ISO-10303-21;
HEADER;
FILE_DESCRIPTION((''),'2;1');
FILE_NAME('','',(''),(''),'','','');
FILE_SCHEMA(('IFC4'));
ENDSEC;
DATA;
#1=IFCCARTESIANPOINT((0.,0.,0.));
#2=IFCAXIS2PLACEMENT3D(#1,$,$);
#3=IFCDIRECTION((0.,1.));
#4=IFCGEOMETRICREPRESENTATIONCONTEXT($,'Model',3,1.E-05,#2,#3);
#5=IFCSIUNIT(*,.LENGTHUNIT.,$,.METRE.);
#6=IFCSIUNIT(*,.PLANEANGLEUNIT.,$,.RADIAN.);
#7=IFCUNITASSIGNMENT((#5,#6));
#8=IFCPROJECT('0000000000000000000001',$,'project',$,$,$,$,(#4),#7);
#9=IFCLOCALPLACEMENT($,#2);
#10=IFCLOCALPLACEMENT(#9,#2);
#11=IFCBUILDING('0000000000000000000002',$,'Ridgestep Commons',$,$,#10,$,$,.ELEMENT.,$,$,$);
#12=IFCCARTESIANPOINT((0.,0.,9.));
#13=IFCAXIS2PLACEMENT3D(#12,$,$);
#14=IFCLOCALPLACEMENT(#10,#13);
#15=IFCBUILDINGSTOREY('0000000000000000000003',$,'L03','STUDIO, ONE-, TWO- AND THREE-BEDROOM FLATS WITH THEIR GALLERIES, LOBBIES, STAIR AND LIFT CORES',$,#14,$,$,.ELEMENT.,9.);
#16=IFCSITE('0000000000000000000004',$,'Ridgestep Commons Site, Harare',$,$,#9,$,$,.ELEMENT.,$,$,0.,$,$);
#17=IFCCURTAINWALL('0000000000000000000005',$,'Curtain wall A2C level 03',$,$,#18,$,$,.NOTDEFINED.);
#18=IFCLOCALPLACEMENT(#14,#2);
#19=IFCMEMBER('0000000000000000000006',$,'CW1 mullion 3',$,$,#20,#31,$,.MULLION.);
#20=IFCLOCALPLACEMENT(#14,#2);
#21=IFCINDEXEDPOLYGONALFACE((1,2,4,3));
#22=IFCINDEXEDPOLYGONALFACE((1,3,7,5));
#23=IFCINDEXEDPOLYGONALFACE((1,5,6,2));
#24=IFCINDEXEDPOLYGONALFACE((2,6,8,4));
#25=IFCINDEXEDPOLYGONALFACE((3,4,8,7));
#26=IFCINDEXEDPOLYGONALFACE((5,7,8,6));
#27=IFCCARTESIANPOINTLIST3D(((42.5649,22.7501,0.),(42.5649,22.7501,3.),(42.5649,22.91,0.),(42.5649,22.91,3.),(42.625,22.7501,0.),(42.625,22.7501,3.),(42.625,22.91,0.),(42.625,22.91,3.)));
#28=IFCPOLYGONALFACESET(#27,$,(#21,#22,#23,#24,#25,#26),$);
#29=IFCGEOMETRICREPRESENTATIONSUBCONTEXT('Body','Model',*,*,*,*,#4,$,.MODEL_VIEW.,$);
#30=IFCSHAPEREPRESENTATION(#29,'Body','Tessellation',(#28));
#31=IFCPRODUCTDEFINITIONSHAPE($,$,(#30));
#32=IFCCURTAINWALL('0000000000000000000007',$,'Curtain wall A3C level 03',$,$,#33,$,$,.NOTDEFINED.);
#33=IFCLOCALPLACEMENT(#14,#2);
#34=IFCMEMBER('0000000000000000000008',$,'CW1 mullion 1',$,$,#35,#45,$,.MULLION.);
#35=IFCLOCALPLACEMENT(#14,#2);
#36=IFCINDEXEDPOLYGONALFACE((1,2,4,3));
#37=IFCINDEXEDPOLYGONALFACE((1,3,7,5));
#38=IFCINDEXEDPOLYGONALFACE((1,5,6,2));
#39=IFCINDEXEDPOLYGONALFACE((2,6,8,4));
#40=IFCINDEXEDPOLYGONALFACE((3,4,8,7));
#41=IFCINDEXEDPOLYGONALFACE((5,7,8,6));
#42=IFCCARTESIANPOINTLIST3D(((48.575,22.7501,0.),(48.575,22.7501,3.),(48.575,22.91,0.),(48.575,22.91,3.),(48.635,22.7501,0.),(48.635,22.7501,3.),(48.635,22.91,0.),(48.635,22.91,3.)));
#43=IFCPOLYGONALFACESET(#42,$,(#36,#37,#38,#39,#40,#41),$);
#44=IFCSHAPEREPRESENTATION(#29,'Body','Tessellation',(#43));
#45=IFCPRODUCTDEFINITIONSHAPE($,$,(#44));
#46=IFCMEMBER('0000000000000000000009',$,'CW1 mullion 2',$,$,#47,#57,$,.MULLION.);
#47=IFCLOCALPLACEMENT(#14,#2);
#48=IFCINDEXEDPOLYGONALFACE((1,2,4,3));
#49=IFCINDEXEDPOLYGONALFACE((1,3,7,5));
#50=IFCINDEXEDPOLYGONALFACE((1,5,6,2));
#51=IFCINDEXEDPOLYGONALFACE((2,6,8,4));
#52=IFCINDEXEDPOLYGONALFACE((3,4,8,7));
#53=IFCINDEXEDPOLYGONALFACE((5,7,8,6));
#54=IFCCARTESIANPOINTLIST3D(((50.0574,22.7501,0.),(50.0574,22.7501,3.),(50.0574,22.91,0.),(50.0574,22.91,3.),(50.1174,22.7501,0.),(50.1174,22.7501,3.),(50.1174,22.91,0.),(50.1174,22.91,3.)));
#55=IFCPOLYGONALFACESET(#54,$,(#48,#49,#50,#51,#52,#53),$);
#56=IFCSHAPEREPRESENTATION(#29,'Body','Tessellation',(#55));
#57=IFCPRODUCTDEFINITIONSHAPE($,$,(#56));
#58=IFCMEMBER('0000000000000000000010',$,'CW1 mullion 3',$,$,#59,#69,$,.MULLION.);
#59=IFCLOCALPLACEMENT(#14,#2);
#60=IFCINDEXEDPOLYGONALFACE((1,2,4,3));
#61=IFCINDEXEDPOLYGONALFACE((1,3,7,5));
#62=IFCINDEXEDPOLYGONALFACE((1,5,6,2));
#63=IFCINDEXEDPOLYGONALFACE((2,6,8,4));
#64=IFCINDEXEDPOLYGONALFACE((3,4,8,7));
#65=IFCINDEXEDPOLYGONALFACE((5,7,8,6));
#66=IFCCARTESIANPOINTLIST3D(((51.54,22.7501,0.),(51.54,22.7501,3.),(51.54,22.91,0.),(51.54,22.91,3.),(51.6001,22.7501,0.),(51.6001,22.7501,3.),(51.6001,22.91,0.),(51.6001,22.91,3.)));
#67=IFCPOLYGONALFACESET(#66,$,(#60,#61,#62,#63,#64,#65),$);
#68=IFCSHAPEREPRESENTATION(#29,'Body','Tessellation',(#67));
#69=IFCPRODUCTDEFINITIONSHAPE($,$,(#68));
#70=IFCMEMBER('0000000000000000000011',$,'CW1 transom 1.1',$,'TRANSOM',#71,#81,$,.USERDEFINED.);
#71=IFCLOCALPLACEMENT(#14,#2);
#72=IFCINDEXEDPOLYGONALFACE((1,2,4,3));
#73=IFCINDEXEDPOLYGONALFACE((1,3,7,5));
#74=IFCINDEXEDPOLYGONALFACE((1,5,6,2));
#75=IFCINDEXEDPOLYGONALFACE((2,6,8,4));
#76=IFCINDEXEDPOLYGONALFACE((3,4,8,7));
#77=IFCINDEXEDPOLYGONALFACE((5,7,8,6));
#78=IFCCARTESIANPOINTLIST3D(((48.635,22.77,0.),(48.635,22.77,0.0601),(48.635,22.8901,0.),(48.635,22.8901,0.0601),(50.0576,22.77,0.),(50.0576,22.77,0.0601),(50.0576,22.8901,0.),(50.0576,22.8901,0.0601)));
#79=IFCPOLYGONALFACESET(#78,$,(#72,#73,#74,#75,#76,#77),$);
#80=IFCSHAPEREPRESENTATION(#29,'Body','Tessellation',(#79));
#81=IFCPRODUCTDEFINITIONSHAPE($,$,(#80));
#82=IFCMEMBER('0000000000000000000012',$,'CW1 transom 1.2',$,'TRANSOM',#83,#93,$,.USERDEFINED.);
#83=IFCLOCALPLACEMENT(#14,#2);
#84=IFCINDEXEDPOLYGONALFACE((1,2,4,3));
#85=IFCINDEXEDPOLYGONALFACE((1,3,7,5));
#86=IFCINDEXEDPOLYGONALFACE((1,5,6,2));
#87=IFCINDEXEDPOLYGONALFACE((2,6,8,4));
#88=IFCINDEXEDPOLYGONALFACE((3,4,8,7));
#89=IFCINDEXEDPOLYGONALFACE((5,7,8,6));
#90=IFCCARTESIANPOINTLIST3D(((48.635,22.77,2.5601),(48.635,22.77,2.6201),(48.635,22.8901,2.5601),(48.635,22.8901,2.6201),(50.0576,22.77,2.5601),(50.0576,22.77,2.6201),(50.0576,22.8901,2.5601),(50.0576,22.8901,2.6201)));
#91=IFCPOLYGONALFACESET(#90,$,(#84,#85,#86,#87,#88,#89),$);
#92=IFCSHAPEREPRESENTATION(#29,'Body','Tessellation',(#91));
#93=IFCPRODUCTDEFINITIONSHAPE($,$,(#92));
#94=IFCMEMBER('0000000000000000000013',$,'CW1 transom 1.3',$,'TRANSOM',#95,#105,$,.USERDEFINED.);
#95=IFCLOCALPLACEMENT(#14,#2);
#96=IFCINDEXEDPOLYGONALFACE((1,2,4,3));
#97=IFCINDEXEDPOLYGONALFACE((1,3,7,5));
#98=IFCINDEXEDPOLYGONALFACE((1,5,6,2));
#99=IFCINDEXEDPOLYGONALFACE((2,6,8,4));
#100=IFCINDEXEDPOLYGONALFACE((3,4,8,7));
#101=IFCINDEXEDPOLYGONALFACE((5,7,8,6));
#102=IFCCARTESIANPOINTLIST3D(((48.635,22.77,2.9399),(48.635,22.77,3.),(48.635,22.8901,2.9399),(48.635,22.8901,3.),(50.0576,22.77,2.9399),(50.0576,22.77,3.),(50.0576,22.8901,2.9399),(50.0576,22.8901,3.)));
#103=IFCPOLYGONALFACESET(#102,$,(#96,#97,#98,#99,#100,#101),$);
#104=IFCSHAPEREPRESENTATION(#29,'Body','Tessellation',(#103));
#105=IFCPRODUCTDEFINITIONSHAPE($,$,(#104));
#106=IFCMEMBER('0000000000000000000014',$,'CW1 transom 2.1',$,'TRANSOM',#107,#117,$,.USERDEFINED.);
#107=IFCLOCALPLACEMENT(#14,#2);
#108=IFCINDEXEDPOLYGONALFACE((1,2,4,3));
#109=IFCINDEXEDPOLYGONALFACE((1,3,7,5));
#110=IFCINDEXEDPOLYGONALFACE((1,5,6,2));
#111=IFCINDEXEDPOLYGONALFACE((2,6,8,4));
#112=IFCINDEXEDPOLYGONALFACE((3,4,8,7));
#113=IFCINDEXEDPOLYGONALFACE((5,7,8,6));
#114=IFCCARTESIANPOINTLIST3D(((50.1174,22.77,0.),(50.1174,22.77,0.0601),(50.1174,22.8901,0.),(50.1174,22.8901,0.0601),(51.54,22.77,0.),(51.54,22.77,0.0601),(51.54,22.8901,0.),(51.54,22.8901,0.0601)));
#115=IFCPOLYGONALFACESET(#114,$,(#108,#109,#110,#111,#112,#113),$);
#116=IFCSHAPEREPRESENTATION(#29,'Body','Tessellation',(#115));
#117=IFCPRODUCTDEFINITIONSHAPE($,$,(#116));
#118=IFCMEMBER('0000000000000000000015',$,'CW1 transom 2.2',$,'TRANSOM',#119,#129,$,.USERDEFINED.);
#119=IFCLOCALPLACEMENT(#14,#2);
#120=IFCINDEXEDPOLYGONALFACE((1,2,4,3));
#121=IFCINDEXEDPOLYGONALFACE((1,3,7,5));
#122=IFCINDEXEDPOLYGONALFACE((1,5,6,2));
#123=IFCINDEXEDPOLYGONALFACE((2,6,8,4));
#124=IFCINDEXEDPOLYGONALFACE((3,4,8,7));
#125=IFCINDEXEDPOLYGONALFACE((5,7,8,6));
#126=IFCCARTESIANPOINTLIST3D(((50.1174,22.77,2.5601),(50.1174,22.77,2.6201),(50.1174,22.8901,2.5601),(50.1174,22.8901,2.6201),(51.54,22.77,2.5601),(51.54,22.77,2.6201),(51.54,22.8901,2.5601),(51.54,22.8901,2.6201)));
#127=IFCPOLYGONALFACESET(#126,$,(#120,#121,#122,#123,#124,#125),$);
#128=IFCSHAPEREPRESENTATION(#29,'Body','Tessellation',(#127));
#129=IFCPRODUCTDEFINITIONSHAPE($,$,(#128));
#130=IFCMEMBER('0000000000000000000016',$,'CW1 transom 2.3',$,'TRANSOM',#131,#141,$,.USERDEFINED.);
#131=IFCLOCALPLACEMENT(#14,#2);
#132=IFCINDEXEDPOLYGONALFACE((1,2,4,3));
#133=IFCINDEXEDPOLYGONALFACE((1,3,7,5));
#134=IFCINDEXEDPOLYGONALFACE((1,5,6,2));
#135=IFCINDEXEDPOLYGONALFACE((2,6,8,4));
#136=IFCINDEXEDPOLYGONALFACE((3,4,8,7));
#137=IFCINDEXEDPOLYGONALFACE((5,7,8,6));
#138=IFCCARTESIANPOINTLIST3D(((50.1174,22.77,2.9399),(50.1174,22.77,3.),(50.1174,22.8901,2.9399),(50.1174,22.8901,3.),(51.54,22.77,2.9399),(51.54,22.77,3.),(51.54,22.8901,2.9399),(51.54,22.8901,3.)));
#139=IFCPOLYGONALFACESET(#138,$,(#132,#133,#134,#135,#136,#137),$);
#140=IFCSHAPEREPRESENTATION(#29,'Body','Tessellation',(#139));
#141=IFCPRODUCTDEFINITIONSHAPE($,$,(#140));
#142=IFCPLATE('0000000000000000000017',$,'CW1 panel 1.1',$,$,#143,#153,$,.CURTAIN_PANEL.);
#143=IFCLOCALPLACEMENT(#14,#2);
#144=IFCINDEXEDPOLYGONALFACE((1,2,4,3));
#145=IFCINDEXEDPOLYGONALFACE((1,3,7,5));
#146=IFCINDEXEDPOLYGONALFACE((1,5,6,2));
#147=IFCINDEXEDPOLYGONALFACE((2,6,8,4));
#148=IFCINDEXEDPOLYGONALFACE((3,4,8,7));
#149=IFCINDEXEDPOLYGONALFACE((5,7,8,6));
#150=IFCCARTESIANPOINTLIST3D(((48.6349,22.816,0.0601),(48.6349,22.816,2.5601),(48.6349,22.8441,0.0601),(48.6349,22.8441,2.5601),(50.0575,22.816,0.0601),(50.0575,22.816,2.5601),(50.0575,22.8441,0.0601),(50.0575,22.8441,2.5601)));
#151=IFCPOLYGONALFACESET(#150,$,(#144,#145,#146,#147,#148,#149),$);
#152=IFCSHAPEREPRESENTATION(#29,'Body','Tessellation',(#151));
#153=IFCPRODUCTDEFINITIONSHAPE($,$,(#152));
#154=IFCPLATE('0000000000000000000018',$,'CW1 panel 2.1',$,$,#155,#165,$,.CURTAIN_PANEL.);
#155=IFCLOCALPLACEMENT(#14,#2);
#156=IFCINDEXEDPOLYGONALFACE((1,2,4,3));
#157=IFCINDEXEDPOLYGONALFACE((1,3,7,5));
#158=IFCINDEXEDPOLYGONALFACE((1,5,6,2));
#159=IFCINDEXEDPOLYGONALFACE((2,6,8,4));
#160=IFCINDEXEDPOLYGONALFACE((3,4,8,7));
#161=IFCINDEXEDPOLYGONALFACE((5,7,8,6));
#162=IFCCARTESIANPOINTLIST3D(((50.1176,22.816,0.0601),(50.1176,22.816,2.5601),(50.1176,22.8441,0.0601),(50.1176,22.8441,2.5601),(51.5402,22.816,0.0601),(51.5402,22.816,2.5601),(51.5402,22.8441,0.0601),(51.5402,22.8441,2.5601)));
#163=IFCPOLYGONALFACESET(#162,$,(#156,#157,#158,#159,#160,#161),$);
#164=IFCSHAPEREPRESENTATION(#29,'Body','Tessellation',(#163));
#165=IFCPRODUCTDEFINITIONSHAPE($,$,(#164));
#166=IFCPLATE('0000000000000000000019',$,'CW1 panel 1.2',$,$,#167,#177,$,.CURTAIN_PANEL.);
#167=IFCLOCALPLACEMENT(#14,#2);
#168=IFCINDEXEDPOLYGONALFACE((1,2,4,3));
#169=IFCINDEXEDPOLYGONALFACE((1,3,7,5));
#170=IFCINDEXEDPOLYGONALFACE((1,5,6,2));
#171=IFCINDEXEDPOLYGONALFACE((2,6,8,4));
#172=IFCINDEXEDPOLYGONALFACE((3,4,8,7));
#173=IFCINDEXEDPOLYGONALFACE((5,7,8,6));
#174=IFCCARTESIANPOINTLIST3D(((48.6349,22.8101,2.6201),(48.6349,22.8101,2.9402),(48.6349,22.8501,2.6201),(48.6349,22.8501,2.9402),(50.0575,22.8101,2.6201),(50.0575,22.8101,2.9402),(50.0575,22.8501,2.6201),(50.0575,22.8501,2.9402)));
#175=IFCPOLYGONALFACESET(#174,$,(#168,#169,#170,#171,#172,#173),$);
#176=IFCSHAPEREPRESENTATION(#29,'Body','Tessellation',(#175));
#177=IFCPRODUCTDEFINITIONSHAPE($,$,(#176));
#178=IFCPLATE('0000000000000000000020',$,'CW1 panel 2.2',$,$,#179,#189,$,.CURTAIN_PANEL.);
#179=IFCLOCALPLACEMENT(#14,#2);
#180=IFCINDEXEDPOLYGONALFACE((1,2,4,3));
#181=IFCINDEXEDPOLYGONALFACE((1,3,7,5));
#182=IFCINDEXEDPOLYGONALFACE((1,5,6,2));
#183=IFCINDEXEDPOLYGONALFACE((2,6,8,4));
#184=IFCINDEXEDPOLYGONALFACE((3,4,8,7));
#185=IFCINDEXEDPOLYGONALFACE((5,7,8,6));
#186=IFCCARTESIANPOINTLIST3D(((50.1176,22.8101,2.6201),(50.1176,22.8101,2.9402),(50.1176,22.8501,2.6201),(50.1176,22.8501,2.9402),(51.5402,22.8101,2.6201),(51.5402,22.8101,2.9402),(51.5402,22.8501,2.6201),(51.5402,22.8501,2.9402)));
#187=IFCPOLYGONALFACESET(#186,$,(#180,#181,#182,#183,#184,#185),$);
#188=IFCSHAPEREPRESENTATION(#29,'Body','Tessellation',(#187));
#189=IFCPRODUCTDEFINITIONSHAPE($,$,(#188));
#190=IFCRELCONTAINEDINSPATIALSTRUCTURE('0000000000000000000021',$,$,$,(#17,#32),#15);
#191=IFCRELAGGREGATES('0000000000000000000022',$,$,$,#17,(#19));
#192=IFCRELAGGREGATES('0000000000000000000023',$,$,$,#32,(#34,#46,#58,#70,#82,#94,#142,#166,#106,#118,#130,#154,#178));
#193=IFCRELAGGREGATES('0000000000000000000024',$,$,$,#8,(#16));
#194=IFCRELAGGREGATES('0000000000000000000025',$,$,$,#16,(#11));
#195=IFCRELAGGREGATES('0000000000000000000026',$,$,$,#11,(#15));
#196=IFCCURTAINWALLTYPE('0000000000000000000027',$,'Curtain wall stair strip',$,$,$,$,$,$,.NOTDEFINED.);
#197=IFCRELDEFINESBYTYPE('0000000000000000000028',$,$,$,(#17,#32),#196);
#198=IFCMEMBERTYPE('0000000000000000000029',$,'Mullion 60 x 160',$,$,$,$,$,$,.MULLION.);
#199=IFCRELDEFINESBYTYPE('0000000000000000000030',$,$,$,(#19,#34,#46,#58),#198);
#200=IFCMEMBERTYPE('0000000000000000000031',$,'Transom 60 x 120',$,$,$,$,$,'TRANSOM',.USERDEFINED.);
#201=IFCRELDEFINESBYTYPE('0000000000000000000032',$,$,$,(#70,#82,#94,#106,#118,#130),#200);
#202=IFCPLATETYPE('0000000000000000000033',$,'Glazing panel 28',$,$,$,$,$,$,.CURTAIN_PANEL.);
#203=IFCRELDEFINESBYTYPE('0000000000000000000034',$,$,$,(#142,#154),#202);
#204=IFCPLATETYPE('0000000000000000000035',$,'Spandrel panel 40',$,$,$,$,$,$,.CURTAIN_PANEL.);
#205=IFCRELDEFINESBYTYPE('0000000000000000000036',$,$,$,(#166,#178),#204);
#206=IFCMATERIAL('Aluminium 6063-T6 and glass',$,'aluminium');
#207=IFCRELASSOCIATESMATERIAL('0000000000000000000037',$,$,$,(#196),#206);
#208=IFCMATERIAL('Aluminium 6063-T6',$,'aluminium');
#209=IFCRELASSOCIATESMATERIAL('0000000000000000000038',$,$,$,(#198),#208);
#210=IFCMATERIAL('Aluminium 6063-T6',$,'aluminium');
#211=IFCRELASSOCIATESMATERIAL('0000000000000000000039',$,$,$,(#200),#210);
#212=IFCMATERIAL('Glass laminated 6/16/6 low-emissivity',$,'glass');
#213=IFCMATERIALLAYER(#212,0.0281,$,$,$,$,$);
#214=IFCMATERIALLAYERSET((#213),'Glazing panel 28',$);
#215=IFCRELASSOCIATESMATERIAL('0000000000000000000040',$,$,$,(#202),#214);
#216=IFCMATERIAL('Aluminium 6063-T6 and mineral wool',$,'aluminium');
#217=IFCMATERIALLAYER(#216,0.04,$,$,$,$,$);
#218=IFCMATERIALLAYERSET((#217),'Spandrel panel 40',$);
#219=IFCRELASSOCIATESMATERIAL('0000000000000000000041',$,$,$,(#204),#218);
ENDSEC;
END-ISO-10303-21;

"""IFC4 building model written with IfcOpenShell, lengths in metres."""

from ifc_helpers import new_model, si_unit, direction, frame, origin, origin_2d, place, context, subcontext, project, spatial, rectangle, extrude, material, layer, layer_set, material_profile, profile_set, type_object, element, aggregate, save


model = new_model("IFC4")

# Units and contexts
model_context = context("Model", 3, precision=1e-05, world=origin(), true_north=direction((0.0, 1.0)))
body_context = subcontext(model_context, "Body", "Model", "MODEL_VIEW")
ifc_project = project(units=[si_unit("LENGTHUNIT", "METRE"), si_unit("PLANEANGLEUNIT", "RADIAN")], contexts=[model_context])

# Site, building, storey
site_placement = place(None, origin())
site = spatial("IfcSite", under=ifc_project, at=site_placement, Name="Ridgestep Commons Site, Harare", CompositionType="ELEMENT", RefElevation=0.0)
building_placement = place(site_placement, origin())
building = spatial("IfcBuilding", under=site, at=building_placement, Name="Ridgestep Commons", CompositionType="ELEMENT")
storey_placement = place(building_placement, frame((0.0, 0.0, 9.0)))
storey = spatial("IfcBuildingStorey", under=building, at=storey_placement, Name="L03", Description="STUDIO, ONE-, TWO- AND THREE-BEDROOM FLATS WITH THEIR GALLERIES, LOBBIES, STAIR AND LIFT CORES", CompositionType="ELEMENT", Elevation=9.0)

# Curtain wall, member
ifc_material_1 = material(Name="Aluminium 6063-T6 and glass", Category="aluminium")
curtain_wall_type = type_object("IfcCurtainWallType", Name="Curtain wall stair strip", PredefinedType="NOTDEFINED", material=ifc_material_1)
curtain_wall_1_placement = place(storey_placement, origin())
curtain_wall_1 = element("IfcCurtainWall", 1, at=curtain_wall_1_placement, inside=storey, type_object=curtain_wall_type, Name="Curtain wall A2C level 03", PredefinedType="NOTDEFINED")
ifc_material_2 = material(Name="Aluminium 6063-T6", Category="aluminium")
ifc_material_profile_1 = material_profile(ifc_material_2, rectangle(XDim=0.1599, YDim=0.0601, at=origin_2d()), Name="Mullion 60 x 160")
ifc_profile_set_1 = profile_set([ifc_material_profile_1], Name="Aluminium 6063-T6")
member_type_1 = type_object("IfcMemberType", Name="Mullion 60 x 160", PredefinedType="MULLION", material=ifc_profile_set_1)
member_1_placement = place(storey_placement, frame((42.595, 22.8301, 0.0), z_axis=(0.0, 0.0, 1.0), x_axis=(0.0, 1.0, 0.0)))
member_1 = element("IfcMember", 2, at=member_1_placement, type_object=member_type_1, Name="CW1 mullion 3", PredefinedType="MULLION", context=body_context, shape_type="SweptSolid", body=[
    extrude(rectangle(XDim=0.1599, YDim=0.0601, at=origin_2d()), origin(), (0.0, 0.0, 1.0), 3.0),
])
aggregate(curtain_wall_1, [member_1])

# Curtain wall, members, plates
curtain_wall_2_placement = place(storey_placement, origin())
curtain_wall_2 = element("IfcCurtainWall", 3, at=curtain_wall_2_placement, inside=storey, type_object=curtain_wall_type, Name="Curtain wall A3C level 03", PredefinedType="NOTDEFINED")
member_2_placement = place(storey_placement, frame((48.605, 22.8301, 0.0), z_axis=(0.0, 0.0, 1.0), x_axis=(0.0, 1.0, 0.0)))
member_2 = element("IfcMember", 4, at=member_2_placement, type_object=member_type_1, Name="CW1 mullion 1", PredefinedType="MULLION", context=body_context, shape_type="SweptSolid", body=[
    extrude(rectangle(XDim=0.1599, YDim=0.0601, at=origin_2d()), origin(), (0.0, 0.0, 1.0), 3.0),
])
member_3_placement = place(storey_placement, frame((50.0874, 22.8301, 0.0), z_axis=(0.0, 0.0, 1.0), x_axis=(0.0, 1.0, 0.0)))
member_3 = element("IfcMember", 5, at=member_3_placement, type_object=member_type_1, Name="CW1 mullion 2", PredefinedType="MULLION", context=body_context, shape_type="SweptSolid", body=[
    extrude(rectangle(XDim=0.1599, YDim=0.0601, at=origin_2d()), origin(), (0.0, 0.0, 1.0), 3.0),
])
member_4_placement = place(storey_placement, frame((51.5701, 22.8301, 0.0), z_axis=(0.0, 0.0, 1.0), x_axis=(0.0, 1.0, 0.0)))
member_4 = element("IfcMember", 6, at=member_4_placement, type_object=member_type_1, Name="CW1 mullion 3", PredefinedType="MULLION", context=body_context, shape_type="SweptSolid", body=[
    extrude(rectangle(XDim=0.1599, YDim=0.0601, at=origin_2d()), origin(), (0.0, 0.0, 1.0), 3.0),
])
ifc_material_3 = material(Name="Aluminium 6063-T6", Category="aluminium")
ifc_material_profile_2 = material_profile(ifc_material_3, rectangle(XDim=0.1201, YDim=0.0601, at=origin_2d()), Name="Transom 60 x 120")
ifc_profile_set_2 = profile_set([ifc_material_profile_2], Name="Aluminium 6063-T6")
member_type_2 = type_object("IfcMemberType", Name="Transom 60 x 120", ElementType="TRANSOM", PredefinedType="USERDEFINED", material=ifc_profile_set_2)
member_5_placement = place(storey_placement, frame((48.635, 22.8301, 0.03), z_axis=(1.0, 0.0, 0.0), x_axis=(0.0, 1.0, 0.0)))
member_5 = element("IfcMember", 7, at=member_5_placement, type_object=member_type_2, Name="CW1 transom 1.1", ObjectType="TRANSOM", PredefinedType="USERDEFINED", context=body_context, shape_type="SweptSolid", body=[
    extrude(rectangle(XDim=0.1201, YDim=0.0601, at=origin_2d()), origin(), (0.0, 0.0, 1.0), 1.4226),
])
member_6_placement = place(storey_placement, frame((48.635, 22.8301, 2.5901), z_axis=(1.0, 0.0, 0.0), x_axis=(0.0, 1.0, 0.0)))
member_6 = element("IfcMember", 8, at=member_6_placement, type_object=member_type_2, Name="CW1 transom 1.2", ObjectType="TRANSOM", PredefinedType="USERDEFINED", context=body_context, shape_type="SweptSolid", body=[
    extrude(rectangle(XDim=0.1201, YDim=0.0601, at=origin_2d()), origin(), (0.0, 0.0, 1.0), 1.4226),
])
member_7_placement = place(storey_placement, frame((48.635, 22.8301, 2.97), z_axis=(1.0, 0.0, 0.0), x_axis=(0.0, 1.0, 0.0)))
member_7 = element("IfcMember", 9, at=member_7_placement, type_object=member_type_2, Name="CW1 transom 1.3", ObjectType="TRANSOM", PredefinedType="USERDEFINED", context=body_context, shape_type="SweptSolid", body=[
    extrude(rectangle(XDim=0.1201, YDim=0.0601, at=origin_2d()), origin(), (0.0, 0.0, 1.0), 1.4226),
])
member_8_placement = place(storey_placement, frame((50.1174, 22.8301, 0.03), z_axis=(1.0, 0.0, 0.0), x_axis=(0.0, 1.0, 0.0)))
member_8 = element("IfcMember", 10, at=member_8_placement, type_object=member_type_2, Name="CW1 transom 2.1", ObjectType="TRANSOM", PredefinedType="USERDEFINED", context=body_context, shape_type="SweptSolid", body=[
    extrude(rectangle(XDim=0.1201, YDim=0.0601, at=origin_2d()), origin(), (0.0, 0.0, 1.0), 1.4226),
])
member_9_placement = place(storey_placement, frame((50.1174, 22.8301, 2.5901), z_axis=(1.0, 0.0, 0.0), x_axis=(0.0, 1.0, 0.0)))
member_9 = element("IfcMember", 11, at=member_9_placement, type_object=member_type_2, Name="CW1 transom 2.2", ObjectType="TRANSOM", PredefinedType="USERDEFINED", context=body_context, shape_type="SweptSolid", body=[
    extrude(rectangle(XDim=0.1201, YDim=0.0601, at=origin_2d()), origin(), (0.0, 0.0, 1.0), 1.4226),
])
member_10_placement = place(storey_placement, frame((50.1174, 22.8301, 2.97), z_axis=(1.0, 0.0, 0.0), x_axis=(0.0, 1.0, 0.0)))
member_10 = element("IfcMember", 12, at=member_10_placement, type_object=member_type_2, Name="CW1 transom 2.3", ObjectType="TRANSOM", PredefinedType="USERDEFINED", context=body_context, shape_type="SweptSolid", body=[
    extrude(rectangle(XDim=0.1201, YDim=0.0601, at=origin_2d()), origin(), (0.0, 0.0, 1.0), 1.4226),
])
ifc_material_4 = material(Name="Glass laminated 6/16/6 low-emissivity", Category="glass")
ifc_layer_1 = layer(ifc_material_4, 0.0281)
ifc_layer_set_1 = layer_set([ifc_layer_1], Name="Glazing panel 28")
plate_type_1 = type_object("IfcPlateType", Name="Glazing panel 28", PredefinedType="CURTAIN_PANEL", material=ifc_layer_set_1)
plate_1_placement = place(storey_placement, frame((49.3462, 22.8301, 0.0601), z_axis=(0.0, 0.0, 1.0), x_axis=(1.0, 0.0, 0.0)))
plate_1 = element("IfcPlate", 13, at=plate_1_placement, type_object=plate_type_1, Name="CW1 panel 1.1", PredefinedType="CURTAIN_PANEL", context=body_context, shape_type="SweptSolid", body=[
    extrude(rectangle(XDim=1.4226, YDim=0.0281, at=origin_2d()), origin(), (0.0, 0.0, 1.0), 2.5),
])
plate_2_placement = place(storey_placement, frame((50.8289, 22.8301, 0.0601), z_axis=(0.0, 0.0, 1.0), x_axis=(1.0, 0.0, 0.0)))
plate_2 = element("IfcPlate", 14, at=plate_2_placement, type_object=plate_type_1, Name="CW1 panel 2.1", PredefinedType="CURTAIN_PANEL", context=body_context, shape_type="SweptSolid", body=[
    extrude(rectangle(XDim=1.4226, YDim=0.0281, at=origin_2d()), origin(), (0.0, 0.0, 1.0), 2.5),
])
ifc_material_5 = material(Name="Aluminium 6063-T6 and mineral wool", Category="aluminium")
ifc_layer_2 = layer(ifc_material_5, 0.04)
ifc_layer_set_2 = layer_set([ifc_layer_2], Name="Spandrel panel 40")
plate_type_2 = type_object("IfcPlateType", Name="Spandrel panel 40", PredefinedType="CURTAIN_PANEL", material=ifc_layer_set_2)
plate_3_placement = place(storey_placement, frame((49.3462, 22.8301, 2.6201), z_axis=(0.0, 0.0, 1.0), x_axis=(1.0, 0.0, 0.0)))
plate_3 = element("IfcPlate", 15, at=plate_3_placement, type_object=plate_type_2, Name="CW1 panel 1.2", PredefinedType="CURTAIN_PANEL", context=body_context, shape_type="SweptSolid", body=[
    extrude(rectangle(XDim=1.4226, YDim=0.04, at=origin_2d()), origin(), (0.0, 0.0, 1.0), 0.3201),
])
plate_4_placement = place(storey_placement, frame((50.8289, 22.8301, 2.6201), z_axis=(0.0, 0.0, 1.0), x_axis=(1.0, 0.0, 0.0)))
plate_4 = element("IfcPlate", 16, at=plate_4_placement, type_object=plate_type_2, Name="CW1 panel 2.2", PredefinedType="CURTAIN_PANEL", context=body_context, shape_type="SweptSolid", body=[
    extrude(rectangle(XDim=1.4226, YDim=0.04, at=origin_2d()), origin(), (0.0, 0.0, 1.0), 0.3201),
])
aggregate(curtain_wall_2, [member_2, member_3, member_4, member_5, member_6, member_7, plate_1, plate_3, member_8, member_9, member_10, plate_2, plate_4])

save(model, "model.ifc")
